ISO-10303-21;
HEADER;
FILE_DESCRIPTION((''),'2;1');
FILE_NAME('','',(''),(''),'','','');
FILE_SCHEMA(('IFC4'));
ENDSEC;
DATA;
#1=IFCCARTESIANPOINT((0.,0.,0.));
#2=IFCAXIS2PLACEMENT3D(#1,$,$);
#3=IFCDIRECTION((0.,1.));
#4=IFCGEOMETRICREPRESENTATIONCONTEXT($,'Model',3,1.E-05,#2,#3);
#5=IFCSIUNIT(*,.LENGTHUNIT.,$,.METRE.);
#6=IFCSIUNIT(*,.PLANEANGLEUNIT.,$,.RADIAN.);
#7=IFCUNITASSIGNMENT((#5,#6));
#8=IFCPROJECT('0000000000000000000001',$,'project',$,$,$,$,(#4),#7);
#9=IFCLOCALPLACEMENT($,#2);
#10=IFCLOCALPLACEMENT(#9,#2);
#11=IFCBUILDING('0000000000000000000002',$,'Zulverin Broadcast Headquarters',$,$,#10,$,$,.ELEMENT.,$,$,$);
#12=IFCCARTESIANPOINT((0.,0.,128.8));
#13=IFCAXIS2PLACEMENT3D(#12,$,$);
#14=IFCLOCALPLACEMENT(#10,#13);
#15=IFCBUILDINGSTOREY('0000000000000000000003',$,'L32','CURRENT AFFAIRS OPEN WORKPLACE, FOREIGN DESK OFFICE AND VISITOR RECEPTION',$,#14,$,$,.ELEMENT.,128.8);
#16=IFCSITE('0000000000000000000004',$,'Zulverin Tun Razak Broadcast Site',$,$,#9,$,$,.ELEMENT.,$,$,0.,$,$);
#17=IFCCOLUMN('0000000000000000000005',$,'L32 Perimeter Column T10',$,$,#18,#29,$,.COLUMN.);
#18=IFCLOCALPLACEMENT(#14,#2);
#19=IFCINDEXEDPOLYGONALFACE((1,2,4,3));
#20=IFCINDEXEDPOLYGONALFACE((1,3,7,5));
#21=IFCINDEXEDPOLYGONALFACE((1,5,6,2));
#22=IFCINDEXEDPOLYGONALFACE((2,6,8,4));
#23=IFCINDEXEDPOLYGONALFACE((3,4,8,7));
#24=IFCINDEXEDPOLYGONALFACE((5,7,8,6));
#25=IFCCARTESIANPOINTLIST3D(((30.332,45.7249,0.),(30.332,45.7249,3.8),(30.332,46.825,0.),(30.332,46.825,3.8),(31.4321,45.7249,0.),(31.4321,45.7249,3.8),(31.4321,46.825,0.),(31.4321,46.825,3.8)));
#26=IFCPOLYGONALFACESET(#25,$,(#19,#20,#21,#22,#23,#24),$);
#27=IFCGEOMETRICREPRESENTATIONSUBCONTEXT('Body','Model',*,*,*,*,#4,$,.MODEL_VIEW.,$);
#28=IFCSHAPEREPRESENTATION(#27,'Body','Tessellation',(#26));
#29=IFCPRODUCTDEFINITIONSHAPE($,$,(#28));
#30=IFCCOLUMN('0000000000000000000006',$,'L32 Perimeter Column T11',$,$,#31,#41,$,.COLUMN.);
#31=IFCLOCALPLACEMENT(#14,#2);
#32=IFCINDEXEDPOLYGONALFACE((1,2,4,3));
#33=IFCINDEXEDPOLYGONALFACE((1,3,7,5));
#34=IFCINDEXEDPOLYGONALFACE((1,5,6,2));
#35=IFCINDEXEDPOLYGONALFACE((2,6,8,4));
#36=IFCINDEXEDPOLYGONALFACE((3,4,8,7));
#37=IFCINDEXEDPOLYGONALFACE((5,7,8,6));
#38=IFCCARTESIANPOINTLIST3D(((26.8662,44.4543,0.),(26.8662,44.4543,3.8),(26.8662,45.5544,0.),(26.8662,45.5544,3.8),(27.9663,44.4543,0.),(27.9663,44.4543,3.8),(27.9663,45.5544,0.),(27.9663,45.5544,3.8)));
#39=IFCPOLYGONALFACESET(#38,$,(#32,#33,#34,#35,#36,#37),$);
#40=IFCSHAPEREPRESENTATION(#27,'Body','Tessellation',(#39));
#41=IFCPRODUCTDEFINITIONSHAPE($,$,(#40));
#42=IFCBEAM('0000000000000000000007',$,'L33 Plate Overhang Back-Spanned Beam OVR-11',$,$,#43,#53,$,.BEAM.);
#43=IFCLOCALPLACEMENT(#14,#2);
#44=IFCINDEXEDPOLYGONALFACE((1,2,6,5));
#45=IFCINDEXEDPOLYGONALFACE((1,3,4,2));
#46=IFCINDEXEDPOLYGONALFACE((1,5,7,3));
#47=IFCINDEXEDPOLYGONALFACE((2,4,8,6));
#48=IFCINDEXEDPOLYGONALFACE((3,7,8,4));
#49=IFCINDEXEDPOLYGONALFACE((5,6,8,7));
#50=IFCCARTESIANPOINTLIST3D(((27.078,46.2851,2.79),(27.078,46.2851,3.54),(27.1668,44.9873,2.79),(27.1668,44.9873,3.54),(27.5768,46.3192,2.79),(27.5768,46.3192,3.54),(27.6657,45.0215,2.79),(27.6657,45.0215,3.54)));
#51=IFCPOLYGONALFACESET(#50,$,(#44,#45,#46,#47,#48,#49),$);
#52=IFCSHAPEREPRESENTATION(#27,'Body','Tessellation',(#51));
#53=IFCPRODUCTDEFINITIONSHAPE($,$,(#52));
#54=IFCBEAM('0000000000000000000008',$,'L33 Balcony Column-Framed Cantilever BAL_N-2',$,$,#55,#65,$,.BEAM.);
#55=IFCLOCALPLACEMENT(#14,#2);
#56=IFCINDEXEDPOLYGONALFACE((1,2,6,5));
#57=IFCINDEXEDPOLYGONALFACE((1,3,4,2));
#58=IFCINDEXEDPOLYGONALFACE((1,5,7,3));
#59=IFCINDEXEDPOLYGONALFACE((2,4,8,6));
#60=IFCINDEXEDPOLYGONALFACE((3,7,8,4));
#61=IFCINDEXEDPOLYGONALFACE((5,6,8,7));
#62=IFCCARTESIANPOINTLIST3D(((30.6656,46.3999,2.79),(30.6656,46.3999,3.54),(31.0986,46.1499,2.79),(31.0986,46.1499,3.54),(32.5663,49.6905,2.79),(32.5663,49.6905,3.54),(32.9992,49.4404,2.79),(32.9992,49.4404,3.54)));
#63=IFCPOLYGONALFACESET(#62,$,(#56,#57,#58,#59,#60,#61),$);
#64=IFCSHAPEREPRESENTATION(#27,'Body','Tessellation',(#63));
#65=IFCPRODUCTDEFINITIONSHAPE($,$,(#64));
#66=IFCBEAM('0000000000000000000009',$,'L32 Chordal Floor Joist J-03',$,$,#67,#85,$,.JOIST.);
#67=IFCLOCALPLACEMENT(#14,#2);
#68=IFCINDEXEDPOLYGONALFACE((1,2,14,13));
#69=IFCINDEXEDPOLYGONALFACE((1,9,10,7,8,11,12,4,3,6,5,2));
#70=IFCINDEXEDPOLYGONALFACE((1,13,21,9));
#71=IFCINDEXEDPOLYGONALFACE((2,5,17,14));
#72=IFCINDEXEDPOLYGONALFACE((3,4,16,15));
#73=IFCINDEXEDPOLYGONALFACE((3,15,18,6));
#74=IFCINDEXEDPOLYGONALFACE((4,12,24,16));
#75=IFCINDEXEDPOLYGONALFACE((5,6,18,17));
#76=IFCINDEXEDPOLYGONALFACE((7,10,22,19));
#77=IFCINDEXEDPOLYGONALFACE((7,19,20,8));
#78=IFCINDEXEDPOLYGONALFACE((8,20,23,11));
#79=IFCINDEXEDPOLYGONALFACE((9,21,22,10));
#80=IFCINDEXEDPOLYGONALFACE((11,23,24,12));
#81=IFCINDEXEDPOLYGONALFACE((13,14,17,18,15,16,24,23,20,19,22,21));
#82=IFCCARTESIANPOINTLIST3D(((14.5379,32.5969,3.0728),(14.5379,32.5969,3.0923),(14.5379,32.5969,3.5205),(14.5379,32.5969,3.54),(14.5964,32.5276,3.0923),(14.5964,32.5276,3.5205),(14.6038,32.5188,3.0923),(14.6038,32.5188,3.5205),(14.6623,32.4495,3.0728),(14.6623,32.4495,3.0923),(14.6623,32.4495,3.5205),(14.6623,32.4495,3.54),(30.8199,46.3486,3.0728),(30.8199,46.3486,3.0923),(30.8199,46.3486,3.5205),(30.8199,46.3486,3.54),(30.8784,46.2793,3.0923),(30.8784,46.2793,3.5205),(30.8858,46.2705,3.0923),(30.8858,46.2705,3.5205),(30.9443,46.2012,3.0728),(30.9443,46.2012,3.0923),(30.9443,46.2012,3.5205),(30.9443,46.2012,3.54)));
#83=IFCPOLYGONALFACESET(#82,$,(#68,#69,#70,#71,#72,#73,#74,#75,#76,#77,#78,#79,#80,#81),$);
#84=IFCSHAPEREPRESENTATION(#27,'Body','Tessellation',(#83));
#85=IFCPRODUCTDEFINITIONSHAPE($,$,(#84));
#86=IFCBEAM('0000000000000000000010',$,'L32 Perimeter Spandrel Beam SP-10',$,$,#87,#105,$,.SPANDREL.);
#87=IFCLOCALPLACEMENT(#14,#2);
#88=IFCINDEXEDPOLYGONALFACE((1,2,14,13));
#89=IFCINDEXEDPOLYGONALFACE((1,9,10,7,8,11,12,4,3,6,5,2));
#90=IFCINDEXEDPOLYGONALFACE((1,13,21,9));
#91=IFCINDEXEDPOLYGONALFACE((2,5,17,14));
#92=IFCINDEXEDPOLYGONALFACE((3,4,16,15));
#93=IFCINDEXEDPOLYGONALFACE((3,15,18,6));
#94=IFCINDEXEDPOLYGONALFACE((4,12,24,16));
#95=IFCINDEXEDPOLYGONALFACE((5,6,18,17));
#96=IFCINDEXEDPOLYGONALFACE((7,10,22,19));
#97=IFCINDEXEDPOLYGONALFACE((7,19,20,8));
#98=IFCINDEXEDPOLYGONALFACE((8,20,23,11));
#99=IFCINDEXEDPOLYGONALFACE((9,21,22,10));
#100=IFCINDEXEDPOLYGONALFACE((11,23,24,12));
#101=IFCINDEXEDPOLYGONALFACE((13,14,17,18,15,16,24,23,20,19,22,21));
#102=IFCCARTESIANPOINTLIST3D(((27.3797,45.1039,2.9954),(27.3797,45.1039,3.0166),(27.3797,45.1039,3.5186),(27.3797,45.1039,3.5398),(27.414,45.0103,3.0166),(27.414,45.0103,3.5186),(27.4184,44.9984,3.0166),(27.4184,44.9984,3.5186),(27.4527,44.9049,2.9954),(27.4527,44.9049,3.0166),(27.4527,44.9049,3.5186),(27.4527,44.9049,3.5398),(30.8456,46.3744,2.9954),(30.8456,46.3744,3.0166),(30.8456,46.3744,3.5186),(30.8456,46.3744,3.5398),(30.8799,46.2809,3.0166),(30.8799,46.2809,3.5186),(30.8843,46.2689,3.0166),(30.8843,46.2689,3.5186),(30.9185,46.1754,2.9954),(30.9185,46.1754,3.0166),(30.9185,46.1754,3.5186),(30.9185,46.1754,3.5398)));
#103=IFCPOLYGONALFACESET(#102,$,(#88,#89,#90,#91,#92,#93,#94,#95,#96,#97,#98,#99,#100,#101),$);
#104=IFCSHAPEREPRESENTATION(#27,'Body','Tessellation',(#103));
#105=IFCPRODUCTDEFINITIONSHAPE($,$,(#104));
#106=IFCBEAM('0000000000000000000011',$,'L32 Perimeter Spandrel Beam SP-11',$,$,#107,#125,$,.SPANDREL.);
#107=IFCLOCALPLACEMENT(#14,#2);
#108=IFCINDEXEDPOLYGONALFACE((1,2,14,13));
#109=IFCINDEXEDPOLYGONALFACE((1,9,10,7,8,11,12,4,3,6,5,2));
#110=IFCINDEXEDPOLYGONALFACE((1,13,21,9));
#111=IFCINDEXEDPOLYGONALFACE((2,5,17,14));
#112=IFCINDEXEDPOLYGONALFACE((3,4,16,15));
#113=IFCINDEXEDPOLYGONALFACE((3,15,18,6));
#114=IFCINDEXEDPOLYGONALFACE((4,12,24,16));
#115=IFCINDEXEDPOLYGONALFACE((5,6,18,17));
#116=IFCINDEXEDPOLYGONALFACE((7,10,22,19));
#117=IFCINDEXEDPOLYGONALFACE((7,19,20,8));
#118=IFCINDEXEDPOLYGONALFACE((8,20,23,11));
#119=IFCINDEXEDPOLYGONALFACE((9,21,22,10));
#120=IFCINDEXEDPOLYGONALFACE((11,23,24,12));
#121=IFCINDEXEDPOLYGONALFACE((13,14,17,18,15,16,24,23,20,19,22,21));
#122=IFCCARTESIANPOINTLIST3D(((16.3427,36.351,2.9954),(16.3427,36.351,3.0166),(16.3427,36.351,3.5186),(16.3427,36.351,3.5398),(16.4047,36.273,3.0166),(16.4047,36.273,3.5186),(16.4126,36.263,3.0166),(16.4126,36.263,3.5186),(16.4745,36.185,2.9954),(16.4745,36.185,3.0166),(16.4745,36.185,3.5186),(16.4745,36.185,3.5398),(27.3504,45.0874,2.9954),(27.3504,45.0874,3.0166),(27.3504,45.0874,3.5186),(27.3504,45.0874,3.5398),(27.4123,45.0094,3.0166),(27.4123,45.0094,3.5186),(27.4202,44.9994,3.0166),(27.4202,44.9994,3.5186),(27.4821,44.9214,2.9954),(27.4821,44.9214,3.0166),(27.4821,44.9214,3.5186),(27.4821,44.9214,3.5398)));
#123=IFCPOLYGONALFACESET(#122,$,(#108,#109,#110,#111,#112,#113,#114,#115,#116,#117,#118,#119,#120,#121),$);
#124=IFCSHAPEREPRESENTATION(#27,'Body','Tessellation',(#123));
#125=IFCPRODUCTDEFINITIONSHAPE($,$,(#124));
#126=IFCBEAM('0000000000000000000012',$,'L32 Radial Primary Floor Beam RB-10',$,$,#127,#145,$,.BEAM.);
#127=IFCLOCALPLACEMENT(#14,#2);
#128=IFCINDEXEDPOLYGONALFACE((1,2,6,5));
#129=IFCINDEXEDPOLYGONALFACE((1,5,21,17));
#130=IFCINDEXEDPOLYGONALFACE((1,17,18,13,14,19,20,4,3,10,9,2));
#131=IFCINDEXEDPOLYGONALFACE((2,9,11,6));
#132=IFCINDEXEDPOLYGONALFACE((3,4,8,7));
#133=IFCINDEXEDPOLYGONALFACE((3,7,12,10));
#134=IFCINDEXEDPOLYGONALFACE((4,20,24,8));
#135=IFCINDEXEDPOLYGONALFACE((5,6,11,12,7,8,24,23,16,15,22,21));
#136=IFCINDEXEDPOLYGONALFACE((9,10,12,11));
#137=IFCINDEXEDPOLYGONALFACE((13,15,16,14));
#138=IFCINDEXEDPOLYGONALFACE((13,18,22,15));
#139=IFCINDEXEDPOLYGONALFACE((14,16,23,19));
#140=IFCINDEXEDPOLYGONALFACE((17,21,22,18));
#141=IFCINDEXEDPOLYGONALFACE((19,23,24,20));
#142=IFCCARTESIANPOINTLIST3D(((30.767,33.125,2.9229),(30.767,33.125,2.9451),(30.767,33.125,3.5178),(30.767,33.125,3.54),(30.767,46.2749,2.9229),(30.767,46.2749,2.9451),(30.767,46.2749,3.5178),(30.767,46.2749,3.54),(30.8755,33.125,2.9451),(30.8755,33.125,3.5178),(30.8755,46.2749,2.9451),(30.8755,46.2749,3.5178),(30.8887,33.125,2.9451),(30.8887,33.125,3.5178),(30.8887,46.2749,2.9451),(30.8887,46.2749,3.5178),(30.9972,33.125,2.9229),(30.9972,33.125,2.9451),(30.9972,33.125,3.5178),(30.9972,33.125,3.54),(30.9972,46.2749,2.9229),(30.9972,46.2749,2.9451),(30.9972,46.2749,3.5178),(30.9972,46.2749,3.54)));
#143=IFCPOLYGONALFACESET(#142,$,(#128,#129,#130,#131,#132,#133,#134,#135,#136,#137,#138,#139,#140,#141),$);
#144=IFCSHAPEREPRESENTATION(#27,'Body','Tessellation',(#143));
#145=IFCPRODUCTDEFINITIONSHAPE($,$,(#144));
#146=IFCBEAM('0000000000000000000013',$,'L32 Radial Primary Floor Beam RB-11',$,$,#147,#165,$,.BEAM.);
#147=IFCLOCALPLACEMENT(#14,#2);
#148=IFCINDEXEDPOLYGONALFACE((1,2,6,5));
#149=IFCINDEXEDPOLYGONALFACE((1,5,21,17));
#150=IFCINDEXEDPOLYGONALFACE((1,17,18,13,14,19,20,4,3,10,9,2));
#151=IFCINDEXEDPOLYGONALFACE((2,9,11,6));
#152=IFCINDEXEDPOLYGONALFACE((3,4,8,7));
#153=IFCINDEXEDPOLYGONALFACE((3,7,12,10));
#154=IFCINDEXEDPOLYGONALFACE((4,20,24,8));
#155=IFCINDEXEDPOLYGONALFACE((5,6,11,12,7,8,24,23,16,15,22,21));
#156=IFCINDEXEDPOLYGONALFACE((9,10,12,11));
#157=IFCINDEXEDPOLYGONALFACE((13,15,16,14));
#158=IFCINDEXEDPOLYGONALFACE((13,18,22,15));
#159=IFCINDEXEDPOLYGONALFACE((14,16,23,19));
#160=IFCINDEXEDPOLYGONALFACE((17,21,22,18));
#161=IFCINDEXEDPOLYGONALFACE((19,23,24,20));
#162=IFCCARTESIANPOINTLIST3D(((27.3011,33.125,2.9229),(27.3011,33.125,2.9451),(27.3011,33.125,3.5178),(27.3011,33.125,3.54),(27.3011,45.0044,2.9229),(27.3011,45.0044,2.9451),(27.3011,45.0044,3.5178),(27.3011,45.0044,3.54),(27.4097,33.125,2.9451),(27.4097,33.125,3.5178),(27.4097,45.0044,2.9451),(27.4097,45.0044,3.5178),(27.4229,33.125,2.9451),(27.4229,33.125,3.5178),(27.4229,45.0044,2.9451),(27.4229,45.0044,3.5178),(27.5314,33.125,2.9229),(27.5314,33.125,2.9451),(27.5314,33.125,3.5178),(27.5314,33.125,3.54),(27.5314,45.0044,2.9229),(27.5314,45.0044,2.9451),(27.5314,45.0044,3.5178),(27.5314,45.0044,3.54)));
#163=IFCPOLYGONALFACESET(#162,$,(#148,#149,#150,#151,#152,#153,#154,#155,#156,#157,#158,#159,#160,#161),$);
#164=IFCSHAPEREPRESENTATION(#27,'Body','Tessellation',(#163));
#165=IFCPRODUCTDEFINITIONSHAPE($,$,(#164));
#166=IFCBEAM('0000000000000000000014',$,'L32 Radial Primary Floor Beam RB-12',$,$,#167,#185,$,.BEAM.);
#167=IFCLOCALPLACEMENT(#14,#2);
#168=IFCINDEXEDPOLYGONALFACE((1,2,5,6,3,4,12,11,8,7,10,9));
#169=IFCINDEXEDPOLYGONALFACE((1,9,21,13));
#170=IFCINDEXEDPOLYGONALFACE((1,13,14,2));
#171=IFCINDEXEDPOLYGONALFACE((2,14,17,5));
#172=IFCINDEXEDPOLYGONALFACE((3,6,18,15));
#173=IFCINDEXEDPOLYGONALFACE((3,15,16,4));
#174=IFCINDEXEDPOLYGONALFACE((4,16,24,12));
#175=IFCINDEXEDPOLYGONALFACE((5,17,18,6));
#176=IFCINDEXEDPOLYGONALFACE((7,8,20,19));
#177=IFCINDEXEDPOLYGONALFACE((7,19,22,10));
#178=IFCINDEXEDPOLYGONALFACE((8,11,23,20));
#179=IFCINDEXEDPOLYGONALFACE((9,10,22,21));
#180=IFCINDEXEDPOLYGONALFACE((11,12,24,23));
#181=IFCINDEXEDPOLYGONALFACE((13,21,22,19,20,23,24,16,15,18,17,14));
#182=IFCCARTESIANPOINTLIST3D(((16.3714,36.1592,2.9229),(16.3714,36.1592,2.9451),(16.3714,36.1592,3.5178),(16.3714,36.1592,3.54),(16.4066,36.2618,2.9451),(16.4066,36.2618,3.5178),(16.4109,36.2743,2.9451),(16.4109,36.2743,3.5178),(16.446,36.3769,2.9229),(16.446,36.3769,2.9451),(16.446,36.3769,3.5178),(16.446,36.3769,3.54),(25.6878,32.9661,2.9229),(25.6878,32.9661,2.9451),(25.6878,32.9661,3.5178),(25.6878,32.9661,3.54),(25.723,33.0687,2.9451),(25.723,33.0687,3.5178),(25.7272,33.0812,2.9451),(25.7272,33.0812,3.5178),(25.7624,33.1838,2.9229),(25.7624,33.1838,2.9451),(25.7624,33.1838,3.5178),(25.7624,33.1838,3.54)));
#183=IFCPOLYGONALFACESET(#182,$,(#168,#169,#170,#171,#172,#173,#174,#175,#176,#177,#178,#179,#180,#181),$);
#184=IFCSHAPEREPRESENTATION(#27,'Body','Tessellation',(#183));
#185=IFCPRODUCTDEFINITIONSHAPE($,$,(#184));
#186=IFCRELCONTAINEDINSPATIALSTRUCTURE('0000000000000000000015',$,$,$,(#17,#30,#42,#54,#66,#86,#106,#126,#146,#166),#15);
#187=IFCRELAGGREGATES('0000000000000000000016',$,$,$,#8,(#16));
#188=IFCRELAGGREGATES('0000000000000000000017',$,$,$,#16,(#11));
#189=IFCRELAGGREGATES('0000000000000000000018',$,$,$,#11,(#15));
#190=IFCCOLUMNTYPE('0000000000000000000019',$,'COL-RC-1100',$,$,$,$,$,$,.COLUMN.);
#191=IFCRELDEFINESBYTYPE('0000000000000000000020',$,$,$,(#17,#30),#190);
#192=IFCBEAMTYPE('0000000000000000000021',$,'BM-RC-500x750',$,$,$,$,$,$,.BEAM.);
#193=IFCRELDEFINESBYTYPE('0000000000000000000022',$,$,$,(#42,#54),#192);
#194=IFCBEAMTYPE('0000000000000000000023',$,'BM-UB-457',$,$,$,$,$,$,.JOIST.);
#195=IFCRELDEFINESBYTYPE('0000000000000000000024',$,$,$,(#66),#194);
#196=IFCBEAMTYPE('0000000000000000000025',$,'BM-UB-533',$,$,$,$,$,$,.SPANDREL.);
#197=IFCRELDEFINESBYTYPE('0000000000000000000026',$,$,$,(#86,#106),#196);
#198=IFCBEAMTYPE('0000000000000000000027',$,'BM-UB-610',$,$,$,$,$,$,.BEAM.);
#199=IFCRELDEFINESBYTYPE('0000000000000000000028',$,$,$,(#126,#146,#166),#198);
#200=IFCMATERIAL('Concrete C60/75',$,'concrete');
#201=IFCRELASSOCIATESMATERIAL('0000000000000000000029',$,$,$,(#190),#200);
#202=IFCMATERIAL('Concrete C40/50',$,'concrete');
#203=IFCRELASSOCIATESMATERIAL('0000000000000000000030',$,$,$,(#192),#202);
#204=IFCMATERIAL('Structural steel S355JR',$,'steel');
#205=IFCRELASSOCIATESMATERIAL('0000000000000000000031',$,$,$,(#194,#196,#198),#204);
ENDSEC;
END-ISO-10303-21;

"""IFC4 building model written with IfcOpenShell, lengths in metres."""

from ifc_helpers import new_model, si_unit, direction, frame, origin, origin_2d, place, context, subcontext, project, spatial, rectangle, i_section, extrude, material, material_profile, profile_set, type_object, element, save


model = new_model("IFC4")

# Units and contexts
model_context = context("Model", 3, precision=1e-05, world=origin(), true_north=direction((0.0, 1.0)))
body_context = subcontext(model_context, "Body", "Model", "MODEL_VIEW")
ifc_project = project(units=[si_unit("LENGTHUNIT", "METRE"), si_unit("PLANEANGLEUNIT", "RADIAN")], contexts=[model_context])

# Site, building, storey
site_placement = place(None, origin())
site = spatial("IfcSite", under=ifc_project, at=site_placement, Name="Zulverin Tun Razak Broadcast Site", CompositionType="ELEMENT", RefElevation=0.0)
building_placement = place(site_placement, origin())
building = spatial("IfcBuilding", under=site, at=building_placement, Name="Zulverin Broadcast Headquarters", CompositionType="ELEMENT")
storey_placement = place(building_placement, frame((0.0, 0.0, 128.8)))
storey = spatial("IfcBuildingStorey", under=building, at=storey_placement, Name="L32", Description="CURRENT AFFAIRS OPEN WORKPLACE, FOREIGN DESK OFFICE AND VISITOR RECEPTION", CompositionType="ELEMENT", Elevation=128.8)

# Columns
ifc_material_1 = material(Name="Concrete C60/75", Category="concrete")
ifc_material_profile_1 = material_profile(ifc_material_1, rectangle(XDim=1.1001, YDim=1.1001, at=origin_2d()), Name="Concrete C60/75", Category="concrete")
ifc_profile_set_1 = profile_set([ifc_material_profile_1], Name="Concrete C60/75")
column_type = type_object("IfcColumnType", Name="COL-RC-1100", PredefinedType="COLUMN", material=ifc_profile_set_1)
for number, where, z_axis, x_axis, name in (
    (1, (30.8821, 46.2749, 0.0), (0.0, 0.0, 1.0), (1.0, 0.0, 0.0), "L32 Perimeter Column T10"),
    (2, (27.4163, 45.0044, 0.0), (0.0, 0.0, 1.0), (1.0, 0.0, 0.0), "L32 Perimeter Column T11"),
):
    element("IfcColumn", number, at=place(storey_placement, frame(where, z_axis=z_axis, x_axis=x_axis)), inside=storey, type_object=column_type, Name=name, PredefinedType="COLUMN", context=body_context, shape_type="SweptSolid", body=[
        extrude(rectangle(XDim=1.1001, YDim=1.1001, at=origin_2d()), origin(), (0.0, 0.0, 1.0), 3.8),
    ])

# Beams
ifc_material_2 = material(Name="Concrete C40/50", Category="concrete")
ifc_material_profile_2 = material_profile(ifc_material_2, rectangle(XDim=0.5, YDim=0.75, at=origin_2d()), Name="Concrete C40/50", Category="concrete")
ifc_profile_set_2 = profile_set([ifc_material_profile_2], Name="Concrete C40/50")
beam_type_1 = type_object("IfcBeamType", Name="BM-RC-500x750", PredefinedType="BEAM", material=ifc_profile_set_2)
beam_1_placement = place(storey_placement, frame((27.4163, 45.0044, 3.165), z_axis=(-0.068313, 0.997664, 0.0), x_axis=(-0.997664, -0.068313, 0.0)))
element("IfcBeam", 3, at=beam_1_placement, inside=storey, type_object=beam_type_1, Name="L33 Plate Overhang Back-Spanned Beam OVR-11", PredefinedType="BEAM", context=body_context, shape_type="SweptSolid", body=[
    extrude(rectangle(XDim=0.5, YDim=0.75, at=origin_2d()), origin(), (0.0, 0.0, 1.0), 1.3008),
])
beam_2_placement = place(storey_placement, frame((30.8821, 46.2749, 3.165), z_axis=(0.500167, 0.865929, 0.0), x_axis=(-0.865929, 0.500167, 0.0)))
element("IfcBeam", 4, at=beam_2_placement, inside=storey, type_object=beam_type_1, Name="L33 Balcony Column-Framed Cantilever BAL_N-2", PredefinedType="BEAM", context=body_context, shape_type="SweptSolid", body=[
    extrude(rectangle(XDim=0.5, YDim=0.75, at=origin_2d()), origin(), (0.0, 0.0, 1.0), 3.8),
])
ifc_material_3 = material(Name="Structural steel S355JR", Category="steel")
ifc_material_profile_3 = material_profile(ifc_material_3, i_section(OverallWidth=0.1929, OverallDepth=0.4673, WebThickness=0.0115, FlangeThickness=0.0195, at=origin_2d()), Name="Structural steel S355JR", Category="steel")
ifc_profile_set_3 = profile_set([ifc_material_profile_3], Name="Structural steel S355JR")
beam_type_2 = type_object("IfcBeamType", Name="BM-UB-457", PredefinedType="JOIST", material=ifc_profile_set_3)
beam_3_placement = place(storey_placement, frame((30.8821, 46.2749, 3.3064), z_axis=(-0.763973, -0.645249, 0.0), x_axis=(0.645249, -0.763973, 0.0)))
element("IfcBeam", 5, at=beam_3_placement, inside=storey, type_object=beam_type_2, Name="L32 Chordal Floor Joist J-03", PredefinedType="JOIST", context=body_context, shape_type="SweptSolid", body=[
    extrude(i_section(OverallWidth=0.1929, OverallDepth=0.4673, WebThickness=0.0115, FlangeThickness=0.0195, at=origin_2d()), origin(), (0.0, 0.0, 1.0), 21.3123),
])
ifc_material_profile_4 = material_profile(ifc_material_3, i_section(OverallWidth=0.2119, OverallDepth=0.5444, WebThickness=0.0127, FlangeThickness=0.0212, at=origin_2d()), Name="Structural steel S355JR", Category="steel")
ifc_profile_set_4 = profile_set([ifc_material_profile_4], Name="Structural steel S355JR")
beam_type_3 = type_object("IfcBeamType", Name="BM-UB-533", PredefinedType="SPANDREL", material=ifc_profile_set_4)
beam_4_placement = place(storey_placement, frame((30.8821, 46.2749, 3.2676), z_axis=(-0.938902, -0.344185, 0.0), x_axis=(0.344185, -0.938902, 0.0)))
element("IfcBeam", 6, at=beam_4_placement, inside=storey, type_object=beam_type_3, Name="L32 Perimeter Spandrel Beam SP-10", PredefinedType="SPANDREL", context=body_context, shape_type="SweptSolid", body=[
    extrude(i_section(OverallWidth=0.2119, OverallDepth=0.5444, WebThickness=0.0127, FlangeThickness=0.0212, at=origin_2d()), origin(), (0.0, 0.0, 1.0), 3.6914),
])
beam_5_placement = place(storey_placement, frame((27.4163, 45.0044, 3.2676), z_axis=(-0.783283, -0.621665, 0.0), x_axis=(0.621665, -0.783283, 0.0)))
element("IfcBeam", 7, at=beam_5_placement, inside=storey, type_object=beam_type_3, Name="L32 Perimeter Spandrel Beam SP-11", PredefinedType="SPANDREL", context=body_context, shape_type="SweptSolid", body=[
    extrude(i_section(OverallWidth=0.2119, OverallDepth=0.5444, WebThickness=0.0127, FlangeThickness=0.0212, at=origin_2d()), origin(), (0.0, 0.0, 1.0), 14.0532),
])
ifc_material_profile_5 = material_profile(ifc_material_3, i_section(OverallWidth=0.2302, OverallDepth=0.6172, WebThickness=0.0132, FlangeThickness=0.0222, at=origin_2d()), Name="Structural steel S355JR", Category="steel")
ifc_profile_set_5 = profile_set([ifc_material_profile_5], Name="Structural steel S355JR")
beam_type_4 = type_object("IfcBeamType", Name="BM-UB-610", PredefinedType="BEAM", material=ifc_profile_set_5)
beam_6_placement = place(storey_placement, frame((30.8821, 33.125, 3.2314), z_axis=(0.0, 1.0, 0.0), x_axis=(-1.0, 0.0, 0.0)))
element("IfcBeam", 8, at=beam_6_placement, inside=storey, type_object=beam_type_4, Name="L32 Radial Primary Floor Beam RB-10", PredefinedType="BEAM", context=body_context, shape_type="SweptSolid", body=[
    extrude(i_section(OverallWidth=0.2302, OverallDepth=0.6172, WebThickness=0.0132, FlangeThickness=0.0222, at=origin_2d()), origin(), (0.0, 0.0, 1.0), 13.1499),
])
beam_7_placement = place(storey_placement, frame((27.4163, 33.125, 3.2314), z_axis=(0.0, 1.0, 0.0), x_axis=(-1.0, 0.0, 0.0)))
element("IfcBeam", 9, at=beam_7_placement, inside=storey, type_object=beam_type_4, Name="L32 Radial Primary Floor Beam RB-11", PredefinedType="BEAM", context=body_context, shape_type="SweptSolid", body=[
    extrude(i_section(OverallWidth=0.2302, OverallDepth=0.6172, WebThickness=0.0132, FlangeThickness=0.0222, at=origin_2d()), origin(), (0.0, 0.0, 1.0), 11.8794),
])
beam_8_placement = place(storey_placement, frame((25.7251, 33.075, 3.2314), z_axis=(-0.94598, 0.324226, 0.0), x_axis=(-0.324226, -0.94598, 0.0)))
element("IfcBeam", 10, at=beam_8_placement, inside=storey, type_object=beam_type_4, Name="L32 Radial Primary Floor Beam RB-12", PredefinedType="BEAM", context=body_context, shape_type="SweptSolid", body=[
    extrude(i_section(OverallWidth=0.2302, OverallDepth=0.6172, WebThickness=0.0132, FlangeThickness=0.0222, at=origin_2d()), origin(), (0.0, 0.0, 1.0), 9.8484),
])

save(model, "model.ifc")
